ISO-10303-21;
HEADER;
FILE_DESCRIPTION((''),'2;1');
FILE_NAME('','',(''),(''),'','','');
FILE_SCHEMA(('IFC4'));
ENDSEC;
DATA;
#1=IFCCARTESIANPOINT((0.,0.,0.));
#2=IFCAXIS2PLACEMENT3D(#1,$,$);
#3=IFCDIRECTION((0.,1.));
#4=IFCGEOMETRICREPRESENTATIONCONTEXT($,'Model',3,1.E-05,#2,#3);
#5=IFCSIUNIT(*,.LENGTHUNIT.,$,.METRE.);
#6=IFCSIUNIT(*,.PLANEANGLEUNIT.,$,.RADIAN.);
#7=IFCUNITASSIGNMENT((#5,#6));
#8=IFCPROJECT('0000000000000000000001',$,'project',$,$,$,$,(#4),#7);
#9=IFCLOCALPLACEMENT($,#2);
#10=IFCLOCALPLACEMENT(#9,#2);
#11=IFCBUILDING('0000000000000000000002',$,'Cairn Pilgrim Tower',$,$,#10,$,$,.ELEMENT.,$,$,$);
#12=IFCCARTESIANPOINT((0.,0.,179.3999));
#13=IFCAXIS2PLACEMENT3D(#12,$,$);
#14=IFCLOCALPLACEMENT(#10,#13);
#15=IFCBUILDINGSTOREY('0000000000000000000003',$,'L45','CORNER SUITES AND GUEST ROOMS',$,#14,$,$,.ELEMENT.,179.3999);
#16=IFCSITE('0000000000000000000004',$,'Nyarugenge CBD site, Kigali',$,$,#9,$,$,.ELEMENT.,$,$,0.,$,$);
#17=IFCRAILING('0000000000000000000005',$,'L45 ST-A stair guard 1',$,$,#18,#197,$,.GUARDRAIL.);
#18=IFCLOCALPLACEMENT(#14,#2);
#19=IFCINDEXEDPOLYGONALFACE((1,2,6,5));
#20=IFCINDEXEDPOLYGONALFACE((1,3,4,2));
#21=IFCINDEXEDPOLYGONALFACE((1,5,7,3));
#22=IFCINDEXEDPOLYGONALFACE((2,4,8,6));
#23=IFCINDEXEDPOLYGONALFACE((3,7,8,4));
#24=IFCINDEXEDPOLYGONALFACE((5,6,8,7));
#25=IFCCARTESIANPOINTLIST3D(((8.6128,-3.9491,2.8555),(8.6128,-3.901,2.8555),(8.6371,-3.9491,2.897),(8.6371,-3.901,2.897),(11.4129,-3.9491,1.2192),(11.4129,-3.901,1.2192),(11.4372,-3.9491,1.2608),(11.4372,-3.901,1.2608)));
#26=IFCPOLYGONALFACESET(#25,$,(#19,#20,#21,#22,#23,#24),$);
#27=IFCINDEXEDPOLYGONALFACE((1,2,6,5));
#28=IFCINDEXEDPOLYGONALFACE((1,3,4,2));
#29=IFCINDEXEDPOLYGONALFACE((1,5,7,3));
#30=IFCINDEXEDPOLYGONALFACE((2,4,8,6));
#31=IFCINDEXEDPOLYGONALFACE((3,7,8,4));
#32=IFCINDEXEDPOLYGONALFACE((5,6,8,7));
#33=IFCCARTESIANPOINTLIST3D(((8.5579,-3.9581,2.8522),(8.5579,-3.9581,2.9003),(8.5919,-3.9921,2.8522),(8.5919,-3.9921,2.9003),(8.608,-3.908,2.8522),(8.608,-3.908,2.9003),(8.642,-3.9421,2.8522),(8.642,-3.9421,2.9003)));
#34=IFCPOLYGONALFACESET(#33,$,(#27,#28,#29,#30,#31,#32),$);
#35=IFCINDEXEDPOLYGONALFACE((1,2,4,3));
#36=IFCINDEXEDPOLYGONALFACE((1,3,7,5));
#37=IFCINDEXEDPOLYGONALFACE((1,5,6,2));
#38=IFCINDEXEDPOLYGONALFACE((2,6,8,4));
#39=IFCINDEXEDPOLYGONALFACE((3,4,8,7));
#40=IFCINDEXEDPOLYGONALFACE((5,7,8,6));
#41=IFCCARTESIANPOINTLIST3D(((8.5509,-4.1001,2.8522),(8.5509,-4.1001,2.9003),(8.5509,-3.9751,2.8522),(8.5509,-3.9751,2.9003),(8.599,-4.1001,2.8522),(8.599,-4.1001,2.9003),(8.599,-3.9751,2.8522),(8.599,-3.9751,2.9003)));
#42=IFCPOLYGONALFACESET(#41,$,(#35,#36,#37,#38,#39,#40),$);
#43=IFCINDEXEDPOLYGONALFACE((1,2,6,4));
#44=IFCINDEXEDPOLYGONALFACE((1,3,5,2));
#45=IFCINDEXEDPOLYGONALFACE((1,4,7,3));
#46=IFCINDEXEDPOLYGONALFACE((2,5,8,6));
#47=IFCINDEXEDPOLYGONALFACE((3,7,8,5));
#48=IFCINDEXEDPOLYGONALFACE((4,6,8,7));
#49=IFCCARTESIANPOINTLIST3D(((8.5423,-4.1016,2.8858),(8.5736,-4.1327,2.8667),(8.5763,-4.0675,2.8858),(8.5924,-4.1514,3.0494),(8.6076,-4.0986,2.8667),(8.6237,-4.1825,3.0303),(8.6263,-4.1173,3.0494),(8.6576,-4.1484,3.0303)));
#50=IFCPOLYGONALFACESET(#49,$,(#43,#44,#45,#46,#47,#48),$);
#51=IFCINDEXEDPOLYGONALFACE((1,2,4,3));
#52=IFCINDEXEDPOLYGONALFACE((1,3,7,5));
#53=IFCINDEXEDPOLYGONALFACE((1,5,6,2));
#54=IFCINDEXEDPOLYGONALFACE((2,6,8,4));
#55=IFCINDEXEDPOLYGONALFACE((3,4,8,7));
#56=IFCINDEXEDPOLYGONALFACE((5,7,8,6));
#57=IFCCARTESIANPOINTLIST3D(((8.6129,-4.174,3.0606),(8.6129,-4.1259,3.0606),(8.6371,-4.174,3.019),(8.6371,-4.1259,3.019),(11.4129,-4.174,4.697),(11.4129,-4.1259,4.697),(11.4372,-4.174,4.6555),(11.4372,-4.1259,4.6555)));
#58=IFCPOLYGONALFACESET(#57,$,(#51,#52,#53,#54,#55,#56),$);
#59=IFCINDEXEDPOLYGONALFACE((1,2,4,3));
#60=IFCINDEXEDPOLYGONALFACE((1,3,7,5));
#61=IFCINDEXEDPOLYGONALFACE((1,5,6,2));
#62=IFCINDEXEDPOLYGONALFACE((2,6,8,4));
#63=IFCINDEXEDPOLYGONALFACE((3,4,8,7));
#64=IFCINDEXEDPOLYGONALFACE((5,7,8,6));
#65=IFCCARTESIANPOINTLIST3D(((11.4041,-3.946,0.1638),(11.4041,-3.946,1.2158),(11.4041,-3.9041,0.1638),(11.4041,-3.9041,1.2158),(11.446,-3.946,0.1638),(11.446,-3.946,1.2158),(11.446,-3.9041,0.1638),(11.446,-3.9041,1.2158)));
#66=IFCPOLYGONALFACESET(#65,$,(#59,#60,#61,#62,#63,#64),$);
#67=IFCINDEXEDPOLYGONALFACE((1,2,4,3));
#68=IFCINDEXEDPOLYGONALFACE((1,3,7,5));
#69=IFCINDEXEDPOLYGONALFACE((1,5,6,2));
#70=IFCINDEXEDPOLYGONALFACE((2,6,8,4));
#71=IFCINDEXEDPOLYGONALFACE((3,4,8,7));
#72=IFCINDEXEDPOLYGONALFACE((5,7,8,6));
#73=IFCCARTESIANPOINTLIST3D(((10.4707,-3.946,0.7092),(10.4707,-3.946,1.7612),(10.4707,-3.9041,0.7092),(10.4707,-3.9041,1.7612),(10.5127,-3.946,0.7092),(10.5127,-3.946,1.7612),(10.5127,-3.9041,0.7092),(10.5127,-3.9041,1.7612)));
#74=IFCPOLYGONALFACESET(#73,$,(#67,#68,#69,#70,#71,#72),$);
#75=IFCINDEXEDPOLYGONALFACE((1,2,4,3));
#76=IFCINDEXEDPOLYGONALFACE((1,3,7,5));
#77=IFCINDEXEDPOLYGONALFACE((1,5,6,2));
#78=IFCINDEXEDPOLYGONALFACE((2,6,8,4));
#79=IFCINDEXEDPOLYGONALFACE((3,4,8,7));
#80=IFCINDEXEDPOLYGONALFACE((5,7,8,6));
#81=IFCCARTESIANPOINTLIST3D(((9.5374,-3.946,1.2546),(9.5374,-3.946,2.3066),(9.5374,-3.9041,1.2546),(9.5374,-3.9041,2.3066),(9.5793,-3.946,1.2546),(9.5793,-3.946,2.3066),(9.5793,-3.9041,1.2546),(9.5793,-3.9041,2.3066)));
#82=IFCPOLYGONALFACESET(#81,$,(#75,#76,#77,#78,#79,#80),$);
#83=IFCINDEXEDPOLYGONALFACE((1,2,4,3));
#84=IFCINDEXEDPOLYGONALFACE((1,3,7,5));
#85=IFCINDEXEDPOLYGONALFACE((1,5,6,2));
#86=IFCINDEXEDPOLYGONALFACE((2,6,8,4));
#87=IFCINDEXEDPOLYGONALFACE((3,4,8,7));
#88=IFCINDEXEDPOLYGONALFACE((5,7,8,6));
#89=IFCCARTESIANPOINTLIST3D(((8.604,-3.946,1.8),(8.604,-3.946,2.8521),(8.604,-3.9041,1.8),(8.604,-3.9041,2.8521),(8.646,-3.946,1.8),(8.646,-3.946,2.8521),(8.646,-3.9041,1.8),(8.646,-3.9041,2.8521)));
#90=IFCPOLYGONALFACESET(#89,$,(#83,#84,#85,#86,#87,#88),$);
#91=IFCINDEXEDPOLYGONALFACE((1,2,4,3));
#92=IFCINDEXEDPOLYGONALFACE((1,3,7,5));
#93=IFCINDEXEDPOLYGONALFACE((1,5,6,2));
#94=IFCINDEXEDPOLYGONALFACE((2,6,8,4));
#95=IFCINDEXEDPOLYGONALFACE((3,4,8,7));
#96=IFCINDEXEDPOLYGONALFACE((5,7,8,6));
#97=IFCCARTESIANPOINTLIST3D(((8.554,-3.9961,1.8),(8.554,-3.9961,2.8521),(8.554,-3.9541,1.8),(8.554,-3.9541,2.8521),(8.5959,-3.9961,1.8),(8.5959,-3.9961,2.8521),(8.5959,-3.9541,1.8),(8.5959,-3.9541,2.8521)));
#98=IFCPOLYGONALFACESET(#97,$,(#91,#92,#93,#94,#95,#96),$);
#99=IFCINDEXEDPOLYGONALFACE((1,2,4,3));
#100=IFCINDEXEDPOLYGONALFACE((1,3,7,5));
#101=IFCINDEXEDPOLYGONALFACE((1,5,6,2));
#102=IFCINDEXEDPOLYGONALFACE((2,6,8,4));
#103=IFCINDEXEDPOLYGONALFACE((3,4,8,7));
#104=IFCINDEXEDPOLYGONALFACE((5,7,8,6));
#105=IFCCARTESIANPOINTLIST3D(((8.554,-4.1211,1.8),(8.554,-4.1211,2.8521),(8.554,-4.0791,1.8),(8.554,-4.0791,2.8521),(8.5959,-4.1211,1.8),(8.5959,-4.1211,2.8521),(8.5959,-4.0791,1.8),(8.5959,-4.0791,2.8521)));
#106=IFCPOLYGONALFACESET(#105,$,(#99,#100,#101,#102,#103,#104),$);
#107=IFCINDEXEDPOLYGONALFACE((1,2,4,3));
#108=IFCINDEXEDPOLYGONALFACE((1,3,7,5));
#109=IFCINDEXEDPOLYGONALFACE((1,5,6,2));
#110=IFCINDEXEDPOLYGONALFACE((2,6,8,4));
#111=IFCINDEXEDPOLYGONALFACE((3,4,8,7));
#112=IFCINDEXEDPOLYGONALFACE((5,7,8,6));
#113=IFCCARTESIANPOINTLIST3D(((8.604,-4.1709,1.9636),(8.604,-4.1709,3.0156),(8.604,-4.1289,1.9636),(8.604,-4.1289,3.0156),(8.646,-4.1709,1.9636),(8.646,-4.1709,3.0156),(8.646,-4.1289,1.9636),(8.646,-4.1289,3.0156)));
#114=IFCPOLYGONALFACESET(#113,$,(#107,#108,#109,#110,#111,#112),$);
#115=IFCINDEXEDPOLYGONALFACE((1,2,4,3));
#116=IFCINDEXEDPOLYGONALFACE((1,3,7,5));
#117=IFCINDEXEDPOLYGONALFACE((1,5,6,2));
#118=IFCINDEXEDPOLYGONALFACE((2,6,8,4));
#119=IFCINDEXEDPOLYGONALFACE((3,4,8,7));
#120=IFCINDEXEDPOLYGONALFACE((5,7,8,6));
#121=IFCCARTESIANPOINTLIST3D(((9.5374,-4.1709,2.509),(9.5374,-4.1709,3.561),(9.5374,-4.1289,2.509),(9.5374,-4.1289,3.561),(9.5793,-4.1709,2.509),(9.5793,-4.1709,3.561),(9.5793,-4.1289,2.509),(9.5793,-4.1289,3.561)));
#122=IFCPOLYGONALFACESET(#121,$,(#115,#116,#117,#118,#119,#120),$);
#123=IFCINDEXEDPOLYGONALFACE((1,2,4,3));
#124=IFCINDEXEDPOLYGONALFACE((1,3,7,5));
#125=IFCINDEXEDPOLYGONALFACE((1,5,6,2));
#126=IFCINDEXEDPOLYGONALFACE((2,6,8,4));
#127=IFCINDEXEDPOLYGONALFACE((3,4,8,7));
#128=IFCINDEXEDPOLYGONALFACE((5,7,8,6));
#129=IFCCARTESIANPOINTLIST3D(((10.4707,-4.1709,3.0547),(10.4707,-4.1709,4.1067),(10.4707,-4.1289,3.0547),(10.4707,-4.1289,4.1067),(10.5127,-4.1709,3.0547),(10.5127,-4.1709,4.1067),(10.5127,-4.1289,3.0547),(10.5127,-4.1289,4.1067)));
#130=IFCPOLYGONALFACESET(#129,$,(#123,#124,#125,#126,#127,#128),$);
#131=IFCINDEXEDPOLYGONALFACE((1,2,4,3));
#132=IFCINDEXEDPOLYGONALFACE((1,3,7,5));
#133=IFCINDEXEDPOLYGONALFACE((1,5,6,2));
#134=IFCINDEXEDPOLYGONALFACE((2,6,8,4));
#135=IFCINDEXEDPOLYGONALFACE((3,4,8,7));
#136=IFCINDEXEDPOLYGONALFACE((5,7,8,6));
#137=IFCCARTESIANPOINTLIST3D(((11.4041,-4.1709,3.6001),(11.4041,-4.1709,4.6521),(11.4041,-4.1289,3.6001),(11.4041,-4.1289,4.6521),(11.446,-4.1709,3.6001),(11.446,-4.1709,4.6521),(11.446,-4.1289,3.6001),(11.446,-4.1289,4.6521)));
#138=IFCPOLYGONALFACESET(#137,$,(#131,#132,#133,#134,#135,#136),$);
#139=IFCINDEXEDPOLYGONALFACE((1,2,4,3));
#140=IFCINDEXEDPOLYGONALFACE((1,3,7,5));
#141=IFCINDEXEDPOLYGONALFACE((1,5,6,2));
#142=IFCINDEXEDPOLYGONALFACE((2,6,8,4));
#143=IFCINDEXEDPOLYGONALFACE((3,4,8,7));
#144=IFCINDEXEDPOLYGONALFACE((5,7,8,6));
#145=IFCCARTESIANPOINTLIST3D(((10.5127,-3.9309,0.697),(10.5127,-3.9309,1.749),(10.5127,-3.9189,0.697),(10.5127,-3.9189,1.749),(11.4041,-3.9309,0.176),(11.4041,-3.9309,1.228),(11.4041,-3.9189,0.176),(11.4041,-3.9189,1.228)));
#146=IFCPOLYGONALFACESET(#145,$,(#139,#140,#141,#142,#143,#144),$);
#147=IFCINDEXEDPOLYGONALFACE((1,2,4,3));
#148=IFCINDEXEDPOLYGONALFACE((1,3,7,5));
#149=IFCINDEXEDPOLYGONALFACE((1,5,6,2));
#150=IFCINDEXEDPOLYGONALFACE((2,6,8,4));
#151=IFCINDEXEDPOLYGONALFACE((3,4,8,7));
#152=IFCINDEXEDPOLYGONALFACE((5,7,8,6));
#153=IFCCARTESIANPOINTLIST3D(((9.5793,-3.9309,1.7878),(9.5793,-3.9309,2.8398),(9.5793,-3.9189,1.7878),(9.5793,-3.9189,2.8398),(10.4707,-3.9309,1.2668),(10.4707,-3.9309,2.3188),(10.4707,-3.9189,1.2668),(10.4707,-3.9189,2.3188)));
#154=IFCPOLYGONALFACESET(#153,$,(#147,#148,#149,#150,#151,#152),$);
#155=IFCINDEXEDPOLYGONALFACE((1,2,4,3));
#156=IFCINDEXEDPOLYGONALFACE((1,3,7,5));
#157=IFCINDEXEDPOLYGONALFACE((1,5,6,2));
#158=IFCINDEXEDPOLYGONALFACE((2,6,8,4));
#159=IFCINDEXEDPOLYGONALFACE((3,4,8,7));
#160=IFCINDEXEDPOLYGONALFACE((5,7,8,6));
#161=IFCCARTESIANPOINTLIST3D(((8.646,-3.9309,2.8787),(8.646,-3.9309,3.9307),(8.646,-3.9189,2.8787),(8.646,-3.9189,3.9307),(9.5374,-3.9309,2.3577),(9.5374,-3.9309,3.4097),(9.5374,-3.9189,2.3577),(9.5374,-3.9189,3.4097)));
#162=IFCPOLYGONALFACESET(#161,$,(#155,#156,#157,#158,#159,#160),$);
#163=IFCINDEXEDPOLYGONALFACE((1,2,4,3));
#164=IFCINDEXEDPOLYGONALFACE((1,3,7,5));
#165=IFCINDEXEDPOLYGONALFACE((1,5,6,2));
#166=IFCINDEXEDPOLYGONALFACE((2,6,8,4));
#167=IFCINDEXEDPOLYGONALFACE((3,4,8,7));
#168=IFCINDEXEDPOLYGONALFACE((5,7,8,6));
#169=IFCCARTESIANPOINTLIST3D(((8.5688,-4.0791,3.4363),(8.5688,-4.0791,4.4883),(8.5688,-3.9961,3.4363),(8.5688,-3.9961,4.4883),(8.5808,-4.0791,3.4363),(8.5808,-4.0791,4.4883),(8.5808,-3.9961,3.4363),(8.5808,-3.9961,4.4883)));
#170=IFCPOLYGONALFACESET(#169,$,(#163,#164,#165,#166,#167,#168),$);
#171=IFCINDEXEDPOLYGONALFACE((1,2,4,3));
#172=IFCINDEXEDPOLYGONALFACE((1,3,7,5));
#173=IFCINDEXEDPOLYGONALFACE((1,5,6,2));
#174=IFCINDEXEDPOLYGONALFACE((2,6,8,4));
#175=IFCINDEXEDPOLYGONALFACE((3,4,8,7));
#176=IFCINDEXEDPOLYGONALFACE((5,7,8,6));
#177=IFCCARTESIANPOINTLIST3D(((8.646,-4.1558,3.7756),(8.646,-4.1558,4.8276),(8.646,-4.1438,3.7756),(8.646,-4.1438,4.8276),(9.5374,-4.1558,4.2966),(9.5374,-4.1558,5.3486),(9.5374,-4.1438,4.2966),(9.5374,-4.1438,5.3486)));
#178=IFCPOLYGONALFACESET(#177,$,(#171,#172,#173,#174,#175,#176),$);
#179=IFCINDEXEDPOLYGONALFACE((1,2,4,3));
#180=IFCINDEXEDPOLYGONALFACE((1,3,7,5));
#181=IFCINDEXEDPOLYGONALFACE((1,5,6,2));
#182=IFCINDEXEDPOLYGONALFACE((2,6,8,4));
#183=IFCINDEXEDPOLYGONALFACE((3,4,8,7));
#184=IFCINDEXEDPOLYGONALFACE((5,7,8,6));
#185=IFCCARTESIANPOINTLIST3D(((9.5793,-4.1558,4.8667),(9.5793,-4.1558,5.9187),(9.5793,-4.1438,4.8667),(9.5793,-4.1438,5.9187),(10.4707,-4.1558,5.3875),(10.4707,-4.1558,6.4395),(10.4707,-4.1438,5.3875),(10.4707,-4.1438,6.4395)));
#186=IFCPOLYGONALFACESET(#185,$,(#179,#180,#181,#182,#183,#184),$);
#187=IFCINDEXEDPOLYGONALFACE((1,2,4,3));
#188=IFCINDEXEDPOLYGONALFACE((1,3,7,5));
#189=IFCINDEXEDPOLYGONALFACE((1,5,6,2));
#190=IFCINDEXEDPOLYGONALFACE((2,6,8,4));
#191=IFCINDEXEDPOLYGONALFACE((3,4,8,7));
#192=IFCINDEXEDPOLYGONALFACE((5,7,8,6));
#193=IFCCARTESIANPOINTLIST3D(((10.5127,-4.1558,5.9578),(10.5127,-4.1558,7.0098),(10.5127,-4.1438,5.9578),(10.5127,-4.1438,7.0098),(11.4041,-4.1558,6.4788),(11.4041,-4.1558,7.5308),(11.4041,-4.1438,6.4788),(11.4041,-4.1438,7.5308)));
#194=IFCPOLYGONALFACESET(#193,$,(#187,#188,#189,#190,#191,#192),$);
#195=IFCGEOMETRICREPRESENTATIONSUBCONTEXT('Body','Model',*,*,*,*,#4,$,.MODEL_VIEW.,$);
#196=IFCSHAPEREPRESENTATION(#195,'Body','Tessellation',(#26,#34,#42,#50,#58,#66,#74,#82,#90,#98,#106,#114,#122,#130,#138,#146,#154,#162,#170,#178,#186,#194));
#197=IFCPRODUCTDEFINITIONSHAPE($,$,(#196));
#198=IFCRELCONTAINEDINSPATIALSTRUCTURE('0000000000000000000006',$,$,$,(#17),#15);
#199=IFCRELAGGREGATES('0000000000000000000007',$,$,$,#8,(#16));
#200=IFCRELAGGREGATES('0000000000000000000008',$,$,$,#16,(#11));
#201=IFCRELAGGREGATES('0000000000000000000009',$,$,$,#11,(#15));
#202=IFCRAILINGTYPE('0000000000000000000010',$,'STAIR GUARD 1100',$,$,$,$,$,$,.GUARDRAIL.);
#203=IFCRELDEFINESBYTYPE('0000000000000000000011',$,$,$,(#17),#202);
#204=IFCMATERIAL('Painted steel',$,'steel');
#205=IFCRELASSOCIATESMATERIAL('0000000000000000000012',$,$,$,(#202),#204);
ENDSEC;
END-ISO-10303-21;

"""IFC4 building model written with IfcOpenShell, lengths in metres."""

from ifc_helpers import new_model, si_unit, direction, frame, origin, origin_2d, place, context, subcontext, project, spatial, polyline, rectangle, outline, extrude, material, type_object, element, save


model = new_model("IFC4")

# Units and contexts
model_context = context("Model", 3, precision=1e-05, world=origin(), true_north=direction((0.0, 1.0)))
body_context = subcontext(model_context, "Body", "Model", "MODEL_VIEW")
ifc_project = project(units=[si_unit("LENGTHUNIT", "METRE"), si_unit("PLANEANGLEUNIT", "RADIAN")], contexts=[model_context])

# Site, building, storey
site_placement = place(None, origin())
site = spatial("IfcSite", under=ifc_project, at=site_placement, Name="Nyarugenge CBD site, Kigali", CompositionType="ELEMENT", RefElevation=0.0)
building_placement = place(site_placement, origin())
building = spatial("IfcBuilding", under=site, at=building_placement, Name="Cairn Pilgrim Tower", CompositionType="ELEMENT")
storey_placement = place(building_placement, frame((0.0, 0.0, 179.3999)))
storey = spatial("IfcBuildingStorey", under=building, at=storey_placement, Name="L45", Description="CORNER SUITES AND GUEST ROOMS", CompositionType="ELEMENT", Elevation=179.3999)

# Railing
ifc_material_1 = material(Name="Painted steel", Category="steel")
railing_type_1 = type_object("IfcRailingType", Name="STAIR GUARD 1100", PredefinedType="GUARDRAIL", material=ifc_material_1)
railing_1_placement = place(storey_placement, frame((11.425, -3.925, 0.1638)))
element("IfcRailing", 1, at=railing_1_placement, inside=storey, type_object=railing_type_1, Name="L45 ST-A stair guard 1", PredefinedType="GUARDRAIL", context=body_context, shape_type="SweptSolid", body=[
    extrude(rectangle(XDim=0.0481, YDim=0.0481, at=origin_2d()), frame((0.0, 0.0, 1.0762), z_axis=(-0.863394, 0.0, 0.504531), x_axis=(0.0, -1.0, 0.0)), (0.0, 0.0, 1.0), 3.2432),
    extrude(rectangle(XDim=0.0481, YDim=0.0481, at=origin_2d()), frame((-2.8, 0.0, 2.7124), z_axis=(-0.707107, -0.707107, 0.0), x_axis=(0.707107, -0.707107, 0.0)), (0.0, 0.0, 1.0), 0.0708),
    extrude(rectangle(XDim=0.0481, YDim=0.0481, at=origin_2d()), frame((-2.8501, -0.05, 2.7124), z_axis=(0.0, -1.0, 0.0), x_axis=(1.0, 0.0, 0.0)), (0.0, 0.0, 1.0), 0.125),
    extrude(rectangle(XDim=0.0481, YDim=0.0481, at=origin_2d()), frame((-2.8501, -0.175, 2.7124), z_axis=(0.280917, -0.279546, 0.918118), x_axis=(0.705376, 0.708834, 0.0)), (0.0, 0.0, 1.0), 0.1782),
    extrude(rectangle(XDim=0.0481, YDim=0.0481, at=origin_2d()), frame((-2.8, -0.2249, 2.876), z_axis=(0.863361, 0.0, 0.504587), x_axis=(0.0, 1.0, 0.0)), (0.0, 0.0, 1.0), 3.2432),
    extrude(rectangle(XDim=0.042, YDim=0.042, at=origin_2d()), origin(), (0.0, 0.0, 1.0), 1.052),
    extrude(rectangle(XDim=0.042, YDim=0.042, at=origin_2d()), frame((-0.9333, 0.0, 0.5454)), (0.0, 0.0, 1.0), 1.052),
    extrude(rectangle(XDim=0.042, YDim=0.042, at=origin_2d()), frame((-1.8667, 0.0, 1.0908)), (0.0, 0.0, 1.0), 1.052),
    extrude(rectangle(XDim=0.042, YDim=0.042, at=origin_2d()), frame((-2.8, 0.0, 1.6362)), (0.0, 0.0, 1.0), 1.052),
    extrude(rectangle(XDim=0.042, YDim=0.042, at=origin_2d()), frame((-2.8501, -0.05, 1.6362)), (0.0, 0.0, 1.0), 1.052),
    extrude(rectangle(XDim=0.042, YDim=0.042, at=origin_2d()), frame((-2.8501, -0.175, 1.6362)), (0.0, 0.0, 1.0), 1.052),
    extrude(rectangle(XDim=0.042, YDim=0.042, at=origin_2d()), frame((-2.8, -0.2249, 1.7998)), (0.0, 0.0, 1.0), 1.052),
    extrude(rectangle(XDim=0.042, YDim=0.042, at=origin_2d()), frame((-1.8667, -0.2249, 2.3452)), (0.0, 0.0, 1.0), 1.052),
    extrude(rectangle(XDim=0.042, YDim=0.042, at=origin_2d()), frame((-0.9333, -0.2249, 2.8909)), (0.0, 0.0, 1.0), 1.052),
    extrude(rectangle(XDim=0.042, YDim=0.042, at=origin_2d()), frame((0.0, -0.2249, 3.4363)), (0.0, 0.0, 1.0), 1.052),
    extrude(outline(polyline([(0.021, 0.0122), (0.9124, 0.5332), (0.9124, 1.5852), (0.021, 1.0642), (0.021, 0.0122)])), frame((0.0, -0.0059, 0.0), z_axis=(0.0, 1.0, 0.0), x_axis=(-1.0, 0.0, 0.0)), (0.0, 0.0, 1.0), 0.012),
    extrude(outline(polyline([(0.021, 0.5576), (0.9124, 1.0786), (0.9124, 2.1306), (0.021, 1.6096), (0.021, 0.5576)])), frame((-0.9333, -0.0059, 0.5454), z_axis=(0.0, 1.0, 0.0), x_axis=(-1.0, 0.0, 0.0)), (0.0, 0.0, 1.0), 0.012),
    extrude(outline(polyline([(0.021, 1.103), (0.9124, 1.624), (0.9124, 2.676), (0.021, 2.155), (0.021, 1.103)])), frame((-1.8667, -0.0059, 1.0908), z_axis=(0.0, 1.0, 0.0), x_axis=(-1.0, 0.0, 0.0)), (0.0, 0.0, 1.0), 0.012),
    extrude(outline(polyline([(0.021, 1.6362), (0.104, 1.6362), (0.104, 2.6882), (0.021, 2.6882), (0.021, 1.6362)])), frame((-2.8442, -0.05, 1.6362), z_axis=(-1.0, 0.0, 0.0), x_axis=(0.0, -1.0, 0.0)), (0.0, 0.0, 1.0), 0.012),
    extrude(outline(polyline([(0.021, 1.812), (0.9124, 2.333), (0.9124, 3.385), (0.021, 2.864), (0.021, 1.812)])), frame((-2.8, -0.2188, 1.7998), z_axis=(0.0, -1.0, 0.0), x_axis=(1.0, 0.0, 0.0)), (0.0, 0.0, 1.0), 0.012),
    extrude(outline(polyline([(0.021, 2.3577), (0.9124, 2.8784), (0.9124, 3.9304), (0.021, 3.4097), (0.021, 2.3577)])), frame((-1.8667, -0.2188, 2.3452), z_axis=(0.0, -1.0, 0.0), x_axis=(1.0, 0.0, 0.0)), (0.0, 0.0, 1.0), 0.012),
    extrude(outline(polyline([(0.021, 2.9031), (0.9124, 3.4241), (0.9124, 4.4761), (0.021, 3.9551), (0.021, 2.9031)])), frame((-0.9333, -0.2188, 2.8909), z_axis=(0.0, -1.0, 0.0), x_axis=(1.0, 0.0, 0.0)), (0.0, 0.0, 1.0), 0.012),
])

save(model, "model.ifc")
